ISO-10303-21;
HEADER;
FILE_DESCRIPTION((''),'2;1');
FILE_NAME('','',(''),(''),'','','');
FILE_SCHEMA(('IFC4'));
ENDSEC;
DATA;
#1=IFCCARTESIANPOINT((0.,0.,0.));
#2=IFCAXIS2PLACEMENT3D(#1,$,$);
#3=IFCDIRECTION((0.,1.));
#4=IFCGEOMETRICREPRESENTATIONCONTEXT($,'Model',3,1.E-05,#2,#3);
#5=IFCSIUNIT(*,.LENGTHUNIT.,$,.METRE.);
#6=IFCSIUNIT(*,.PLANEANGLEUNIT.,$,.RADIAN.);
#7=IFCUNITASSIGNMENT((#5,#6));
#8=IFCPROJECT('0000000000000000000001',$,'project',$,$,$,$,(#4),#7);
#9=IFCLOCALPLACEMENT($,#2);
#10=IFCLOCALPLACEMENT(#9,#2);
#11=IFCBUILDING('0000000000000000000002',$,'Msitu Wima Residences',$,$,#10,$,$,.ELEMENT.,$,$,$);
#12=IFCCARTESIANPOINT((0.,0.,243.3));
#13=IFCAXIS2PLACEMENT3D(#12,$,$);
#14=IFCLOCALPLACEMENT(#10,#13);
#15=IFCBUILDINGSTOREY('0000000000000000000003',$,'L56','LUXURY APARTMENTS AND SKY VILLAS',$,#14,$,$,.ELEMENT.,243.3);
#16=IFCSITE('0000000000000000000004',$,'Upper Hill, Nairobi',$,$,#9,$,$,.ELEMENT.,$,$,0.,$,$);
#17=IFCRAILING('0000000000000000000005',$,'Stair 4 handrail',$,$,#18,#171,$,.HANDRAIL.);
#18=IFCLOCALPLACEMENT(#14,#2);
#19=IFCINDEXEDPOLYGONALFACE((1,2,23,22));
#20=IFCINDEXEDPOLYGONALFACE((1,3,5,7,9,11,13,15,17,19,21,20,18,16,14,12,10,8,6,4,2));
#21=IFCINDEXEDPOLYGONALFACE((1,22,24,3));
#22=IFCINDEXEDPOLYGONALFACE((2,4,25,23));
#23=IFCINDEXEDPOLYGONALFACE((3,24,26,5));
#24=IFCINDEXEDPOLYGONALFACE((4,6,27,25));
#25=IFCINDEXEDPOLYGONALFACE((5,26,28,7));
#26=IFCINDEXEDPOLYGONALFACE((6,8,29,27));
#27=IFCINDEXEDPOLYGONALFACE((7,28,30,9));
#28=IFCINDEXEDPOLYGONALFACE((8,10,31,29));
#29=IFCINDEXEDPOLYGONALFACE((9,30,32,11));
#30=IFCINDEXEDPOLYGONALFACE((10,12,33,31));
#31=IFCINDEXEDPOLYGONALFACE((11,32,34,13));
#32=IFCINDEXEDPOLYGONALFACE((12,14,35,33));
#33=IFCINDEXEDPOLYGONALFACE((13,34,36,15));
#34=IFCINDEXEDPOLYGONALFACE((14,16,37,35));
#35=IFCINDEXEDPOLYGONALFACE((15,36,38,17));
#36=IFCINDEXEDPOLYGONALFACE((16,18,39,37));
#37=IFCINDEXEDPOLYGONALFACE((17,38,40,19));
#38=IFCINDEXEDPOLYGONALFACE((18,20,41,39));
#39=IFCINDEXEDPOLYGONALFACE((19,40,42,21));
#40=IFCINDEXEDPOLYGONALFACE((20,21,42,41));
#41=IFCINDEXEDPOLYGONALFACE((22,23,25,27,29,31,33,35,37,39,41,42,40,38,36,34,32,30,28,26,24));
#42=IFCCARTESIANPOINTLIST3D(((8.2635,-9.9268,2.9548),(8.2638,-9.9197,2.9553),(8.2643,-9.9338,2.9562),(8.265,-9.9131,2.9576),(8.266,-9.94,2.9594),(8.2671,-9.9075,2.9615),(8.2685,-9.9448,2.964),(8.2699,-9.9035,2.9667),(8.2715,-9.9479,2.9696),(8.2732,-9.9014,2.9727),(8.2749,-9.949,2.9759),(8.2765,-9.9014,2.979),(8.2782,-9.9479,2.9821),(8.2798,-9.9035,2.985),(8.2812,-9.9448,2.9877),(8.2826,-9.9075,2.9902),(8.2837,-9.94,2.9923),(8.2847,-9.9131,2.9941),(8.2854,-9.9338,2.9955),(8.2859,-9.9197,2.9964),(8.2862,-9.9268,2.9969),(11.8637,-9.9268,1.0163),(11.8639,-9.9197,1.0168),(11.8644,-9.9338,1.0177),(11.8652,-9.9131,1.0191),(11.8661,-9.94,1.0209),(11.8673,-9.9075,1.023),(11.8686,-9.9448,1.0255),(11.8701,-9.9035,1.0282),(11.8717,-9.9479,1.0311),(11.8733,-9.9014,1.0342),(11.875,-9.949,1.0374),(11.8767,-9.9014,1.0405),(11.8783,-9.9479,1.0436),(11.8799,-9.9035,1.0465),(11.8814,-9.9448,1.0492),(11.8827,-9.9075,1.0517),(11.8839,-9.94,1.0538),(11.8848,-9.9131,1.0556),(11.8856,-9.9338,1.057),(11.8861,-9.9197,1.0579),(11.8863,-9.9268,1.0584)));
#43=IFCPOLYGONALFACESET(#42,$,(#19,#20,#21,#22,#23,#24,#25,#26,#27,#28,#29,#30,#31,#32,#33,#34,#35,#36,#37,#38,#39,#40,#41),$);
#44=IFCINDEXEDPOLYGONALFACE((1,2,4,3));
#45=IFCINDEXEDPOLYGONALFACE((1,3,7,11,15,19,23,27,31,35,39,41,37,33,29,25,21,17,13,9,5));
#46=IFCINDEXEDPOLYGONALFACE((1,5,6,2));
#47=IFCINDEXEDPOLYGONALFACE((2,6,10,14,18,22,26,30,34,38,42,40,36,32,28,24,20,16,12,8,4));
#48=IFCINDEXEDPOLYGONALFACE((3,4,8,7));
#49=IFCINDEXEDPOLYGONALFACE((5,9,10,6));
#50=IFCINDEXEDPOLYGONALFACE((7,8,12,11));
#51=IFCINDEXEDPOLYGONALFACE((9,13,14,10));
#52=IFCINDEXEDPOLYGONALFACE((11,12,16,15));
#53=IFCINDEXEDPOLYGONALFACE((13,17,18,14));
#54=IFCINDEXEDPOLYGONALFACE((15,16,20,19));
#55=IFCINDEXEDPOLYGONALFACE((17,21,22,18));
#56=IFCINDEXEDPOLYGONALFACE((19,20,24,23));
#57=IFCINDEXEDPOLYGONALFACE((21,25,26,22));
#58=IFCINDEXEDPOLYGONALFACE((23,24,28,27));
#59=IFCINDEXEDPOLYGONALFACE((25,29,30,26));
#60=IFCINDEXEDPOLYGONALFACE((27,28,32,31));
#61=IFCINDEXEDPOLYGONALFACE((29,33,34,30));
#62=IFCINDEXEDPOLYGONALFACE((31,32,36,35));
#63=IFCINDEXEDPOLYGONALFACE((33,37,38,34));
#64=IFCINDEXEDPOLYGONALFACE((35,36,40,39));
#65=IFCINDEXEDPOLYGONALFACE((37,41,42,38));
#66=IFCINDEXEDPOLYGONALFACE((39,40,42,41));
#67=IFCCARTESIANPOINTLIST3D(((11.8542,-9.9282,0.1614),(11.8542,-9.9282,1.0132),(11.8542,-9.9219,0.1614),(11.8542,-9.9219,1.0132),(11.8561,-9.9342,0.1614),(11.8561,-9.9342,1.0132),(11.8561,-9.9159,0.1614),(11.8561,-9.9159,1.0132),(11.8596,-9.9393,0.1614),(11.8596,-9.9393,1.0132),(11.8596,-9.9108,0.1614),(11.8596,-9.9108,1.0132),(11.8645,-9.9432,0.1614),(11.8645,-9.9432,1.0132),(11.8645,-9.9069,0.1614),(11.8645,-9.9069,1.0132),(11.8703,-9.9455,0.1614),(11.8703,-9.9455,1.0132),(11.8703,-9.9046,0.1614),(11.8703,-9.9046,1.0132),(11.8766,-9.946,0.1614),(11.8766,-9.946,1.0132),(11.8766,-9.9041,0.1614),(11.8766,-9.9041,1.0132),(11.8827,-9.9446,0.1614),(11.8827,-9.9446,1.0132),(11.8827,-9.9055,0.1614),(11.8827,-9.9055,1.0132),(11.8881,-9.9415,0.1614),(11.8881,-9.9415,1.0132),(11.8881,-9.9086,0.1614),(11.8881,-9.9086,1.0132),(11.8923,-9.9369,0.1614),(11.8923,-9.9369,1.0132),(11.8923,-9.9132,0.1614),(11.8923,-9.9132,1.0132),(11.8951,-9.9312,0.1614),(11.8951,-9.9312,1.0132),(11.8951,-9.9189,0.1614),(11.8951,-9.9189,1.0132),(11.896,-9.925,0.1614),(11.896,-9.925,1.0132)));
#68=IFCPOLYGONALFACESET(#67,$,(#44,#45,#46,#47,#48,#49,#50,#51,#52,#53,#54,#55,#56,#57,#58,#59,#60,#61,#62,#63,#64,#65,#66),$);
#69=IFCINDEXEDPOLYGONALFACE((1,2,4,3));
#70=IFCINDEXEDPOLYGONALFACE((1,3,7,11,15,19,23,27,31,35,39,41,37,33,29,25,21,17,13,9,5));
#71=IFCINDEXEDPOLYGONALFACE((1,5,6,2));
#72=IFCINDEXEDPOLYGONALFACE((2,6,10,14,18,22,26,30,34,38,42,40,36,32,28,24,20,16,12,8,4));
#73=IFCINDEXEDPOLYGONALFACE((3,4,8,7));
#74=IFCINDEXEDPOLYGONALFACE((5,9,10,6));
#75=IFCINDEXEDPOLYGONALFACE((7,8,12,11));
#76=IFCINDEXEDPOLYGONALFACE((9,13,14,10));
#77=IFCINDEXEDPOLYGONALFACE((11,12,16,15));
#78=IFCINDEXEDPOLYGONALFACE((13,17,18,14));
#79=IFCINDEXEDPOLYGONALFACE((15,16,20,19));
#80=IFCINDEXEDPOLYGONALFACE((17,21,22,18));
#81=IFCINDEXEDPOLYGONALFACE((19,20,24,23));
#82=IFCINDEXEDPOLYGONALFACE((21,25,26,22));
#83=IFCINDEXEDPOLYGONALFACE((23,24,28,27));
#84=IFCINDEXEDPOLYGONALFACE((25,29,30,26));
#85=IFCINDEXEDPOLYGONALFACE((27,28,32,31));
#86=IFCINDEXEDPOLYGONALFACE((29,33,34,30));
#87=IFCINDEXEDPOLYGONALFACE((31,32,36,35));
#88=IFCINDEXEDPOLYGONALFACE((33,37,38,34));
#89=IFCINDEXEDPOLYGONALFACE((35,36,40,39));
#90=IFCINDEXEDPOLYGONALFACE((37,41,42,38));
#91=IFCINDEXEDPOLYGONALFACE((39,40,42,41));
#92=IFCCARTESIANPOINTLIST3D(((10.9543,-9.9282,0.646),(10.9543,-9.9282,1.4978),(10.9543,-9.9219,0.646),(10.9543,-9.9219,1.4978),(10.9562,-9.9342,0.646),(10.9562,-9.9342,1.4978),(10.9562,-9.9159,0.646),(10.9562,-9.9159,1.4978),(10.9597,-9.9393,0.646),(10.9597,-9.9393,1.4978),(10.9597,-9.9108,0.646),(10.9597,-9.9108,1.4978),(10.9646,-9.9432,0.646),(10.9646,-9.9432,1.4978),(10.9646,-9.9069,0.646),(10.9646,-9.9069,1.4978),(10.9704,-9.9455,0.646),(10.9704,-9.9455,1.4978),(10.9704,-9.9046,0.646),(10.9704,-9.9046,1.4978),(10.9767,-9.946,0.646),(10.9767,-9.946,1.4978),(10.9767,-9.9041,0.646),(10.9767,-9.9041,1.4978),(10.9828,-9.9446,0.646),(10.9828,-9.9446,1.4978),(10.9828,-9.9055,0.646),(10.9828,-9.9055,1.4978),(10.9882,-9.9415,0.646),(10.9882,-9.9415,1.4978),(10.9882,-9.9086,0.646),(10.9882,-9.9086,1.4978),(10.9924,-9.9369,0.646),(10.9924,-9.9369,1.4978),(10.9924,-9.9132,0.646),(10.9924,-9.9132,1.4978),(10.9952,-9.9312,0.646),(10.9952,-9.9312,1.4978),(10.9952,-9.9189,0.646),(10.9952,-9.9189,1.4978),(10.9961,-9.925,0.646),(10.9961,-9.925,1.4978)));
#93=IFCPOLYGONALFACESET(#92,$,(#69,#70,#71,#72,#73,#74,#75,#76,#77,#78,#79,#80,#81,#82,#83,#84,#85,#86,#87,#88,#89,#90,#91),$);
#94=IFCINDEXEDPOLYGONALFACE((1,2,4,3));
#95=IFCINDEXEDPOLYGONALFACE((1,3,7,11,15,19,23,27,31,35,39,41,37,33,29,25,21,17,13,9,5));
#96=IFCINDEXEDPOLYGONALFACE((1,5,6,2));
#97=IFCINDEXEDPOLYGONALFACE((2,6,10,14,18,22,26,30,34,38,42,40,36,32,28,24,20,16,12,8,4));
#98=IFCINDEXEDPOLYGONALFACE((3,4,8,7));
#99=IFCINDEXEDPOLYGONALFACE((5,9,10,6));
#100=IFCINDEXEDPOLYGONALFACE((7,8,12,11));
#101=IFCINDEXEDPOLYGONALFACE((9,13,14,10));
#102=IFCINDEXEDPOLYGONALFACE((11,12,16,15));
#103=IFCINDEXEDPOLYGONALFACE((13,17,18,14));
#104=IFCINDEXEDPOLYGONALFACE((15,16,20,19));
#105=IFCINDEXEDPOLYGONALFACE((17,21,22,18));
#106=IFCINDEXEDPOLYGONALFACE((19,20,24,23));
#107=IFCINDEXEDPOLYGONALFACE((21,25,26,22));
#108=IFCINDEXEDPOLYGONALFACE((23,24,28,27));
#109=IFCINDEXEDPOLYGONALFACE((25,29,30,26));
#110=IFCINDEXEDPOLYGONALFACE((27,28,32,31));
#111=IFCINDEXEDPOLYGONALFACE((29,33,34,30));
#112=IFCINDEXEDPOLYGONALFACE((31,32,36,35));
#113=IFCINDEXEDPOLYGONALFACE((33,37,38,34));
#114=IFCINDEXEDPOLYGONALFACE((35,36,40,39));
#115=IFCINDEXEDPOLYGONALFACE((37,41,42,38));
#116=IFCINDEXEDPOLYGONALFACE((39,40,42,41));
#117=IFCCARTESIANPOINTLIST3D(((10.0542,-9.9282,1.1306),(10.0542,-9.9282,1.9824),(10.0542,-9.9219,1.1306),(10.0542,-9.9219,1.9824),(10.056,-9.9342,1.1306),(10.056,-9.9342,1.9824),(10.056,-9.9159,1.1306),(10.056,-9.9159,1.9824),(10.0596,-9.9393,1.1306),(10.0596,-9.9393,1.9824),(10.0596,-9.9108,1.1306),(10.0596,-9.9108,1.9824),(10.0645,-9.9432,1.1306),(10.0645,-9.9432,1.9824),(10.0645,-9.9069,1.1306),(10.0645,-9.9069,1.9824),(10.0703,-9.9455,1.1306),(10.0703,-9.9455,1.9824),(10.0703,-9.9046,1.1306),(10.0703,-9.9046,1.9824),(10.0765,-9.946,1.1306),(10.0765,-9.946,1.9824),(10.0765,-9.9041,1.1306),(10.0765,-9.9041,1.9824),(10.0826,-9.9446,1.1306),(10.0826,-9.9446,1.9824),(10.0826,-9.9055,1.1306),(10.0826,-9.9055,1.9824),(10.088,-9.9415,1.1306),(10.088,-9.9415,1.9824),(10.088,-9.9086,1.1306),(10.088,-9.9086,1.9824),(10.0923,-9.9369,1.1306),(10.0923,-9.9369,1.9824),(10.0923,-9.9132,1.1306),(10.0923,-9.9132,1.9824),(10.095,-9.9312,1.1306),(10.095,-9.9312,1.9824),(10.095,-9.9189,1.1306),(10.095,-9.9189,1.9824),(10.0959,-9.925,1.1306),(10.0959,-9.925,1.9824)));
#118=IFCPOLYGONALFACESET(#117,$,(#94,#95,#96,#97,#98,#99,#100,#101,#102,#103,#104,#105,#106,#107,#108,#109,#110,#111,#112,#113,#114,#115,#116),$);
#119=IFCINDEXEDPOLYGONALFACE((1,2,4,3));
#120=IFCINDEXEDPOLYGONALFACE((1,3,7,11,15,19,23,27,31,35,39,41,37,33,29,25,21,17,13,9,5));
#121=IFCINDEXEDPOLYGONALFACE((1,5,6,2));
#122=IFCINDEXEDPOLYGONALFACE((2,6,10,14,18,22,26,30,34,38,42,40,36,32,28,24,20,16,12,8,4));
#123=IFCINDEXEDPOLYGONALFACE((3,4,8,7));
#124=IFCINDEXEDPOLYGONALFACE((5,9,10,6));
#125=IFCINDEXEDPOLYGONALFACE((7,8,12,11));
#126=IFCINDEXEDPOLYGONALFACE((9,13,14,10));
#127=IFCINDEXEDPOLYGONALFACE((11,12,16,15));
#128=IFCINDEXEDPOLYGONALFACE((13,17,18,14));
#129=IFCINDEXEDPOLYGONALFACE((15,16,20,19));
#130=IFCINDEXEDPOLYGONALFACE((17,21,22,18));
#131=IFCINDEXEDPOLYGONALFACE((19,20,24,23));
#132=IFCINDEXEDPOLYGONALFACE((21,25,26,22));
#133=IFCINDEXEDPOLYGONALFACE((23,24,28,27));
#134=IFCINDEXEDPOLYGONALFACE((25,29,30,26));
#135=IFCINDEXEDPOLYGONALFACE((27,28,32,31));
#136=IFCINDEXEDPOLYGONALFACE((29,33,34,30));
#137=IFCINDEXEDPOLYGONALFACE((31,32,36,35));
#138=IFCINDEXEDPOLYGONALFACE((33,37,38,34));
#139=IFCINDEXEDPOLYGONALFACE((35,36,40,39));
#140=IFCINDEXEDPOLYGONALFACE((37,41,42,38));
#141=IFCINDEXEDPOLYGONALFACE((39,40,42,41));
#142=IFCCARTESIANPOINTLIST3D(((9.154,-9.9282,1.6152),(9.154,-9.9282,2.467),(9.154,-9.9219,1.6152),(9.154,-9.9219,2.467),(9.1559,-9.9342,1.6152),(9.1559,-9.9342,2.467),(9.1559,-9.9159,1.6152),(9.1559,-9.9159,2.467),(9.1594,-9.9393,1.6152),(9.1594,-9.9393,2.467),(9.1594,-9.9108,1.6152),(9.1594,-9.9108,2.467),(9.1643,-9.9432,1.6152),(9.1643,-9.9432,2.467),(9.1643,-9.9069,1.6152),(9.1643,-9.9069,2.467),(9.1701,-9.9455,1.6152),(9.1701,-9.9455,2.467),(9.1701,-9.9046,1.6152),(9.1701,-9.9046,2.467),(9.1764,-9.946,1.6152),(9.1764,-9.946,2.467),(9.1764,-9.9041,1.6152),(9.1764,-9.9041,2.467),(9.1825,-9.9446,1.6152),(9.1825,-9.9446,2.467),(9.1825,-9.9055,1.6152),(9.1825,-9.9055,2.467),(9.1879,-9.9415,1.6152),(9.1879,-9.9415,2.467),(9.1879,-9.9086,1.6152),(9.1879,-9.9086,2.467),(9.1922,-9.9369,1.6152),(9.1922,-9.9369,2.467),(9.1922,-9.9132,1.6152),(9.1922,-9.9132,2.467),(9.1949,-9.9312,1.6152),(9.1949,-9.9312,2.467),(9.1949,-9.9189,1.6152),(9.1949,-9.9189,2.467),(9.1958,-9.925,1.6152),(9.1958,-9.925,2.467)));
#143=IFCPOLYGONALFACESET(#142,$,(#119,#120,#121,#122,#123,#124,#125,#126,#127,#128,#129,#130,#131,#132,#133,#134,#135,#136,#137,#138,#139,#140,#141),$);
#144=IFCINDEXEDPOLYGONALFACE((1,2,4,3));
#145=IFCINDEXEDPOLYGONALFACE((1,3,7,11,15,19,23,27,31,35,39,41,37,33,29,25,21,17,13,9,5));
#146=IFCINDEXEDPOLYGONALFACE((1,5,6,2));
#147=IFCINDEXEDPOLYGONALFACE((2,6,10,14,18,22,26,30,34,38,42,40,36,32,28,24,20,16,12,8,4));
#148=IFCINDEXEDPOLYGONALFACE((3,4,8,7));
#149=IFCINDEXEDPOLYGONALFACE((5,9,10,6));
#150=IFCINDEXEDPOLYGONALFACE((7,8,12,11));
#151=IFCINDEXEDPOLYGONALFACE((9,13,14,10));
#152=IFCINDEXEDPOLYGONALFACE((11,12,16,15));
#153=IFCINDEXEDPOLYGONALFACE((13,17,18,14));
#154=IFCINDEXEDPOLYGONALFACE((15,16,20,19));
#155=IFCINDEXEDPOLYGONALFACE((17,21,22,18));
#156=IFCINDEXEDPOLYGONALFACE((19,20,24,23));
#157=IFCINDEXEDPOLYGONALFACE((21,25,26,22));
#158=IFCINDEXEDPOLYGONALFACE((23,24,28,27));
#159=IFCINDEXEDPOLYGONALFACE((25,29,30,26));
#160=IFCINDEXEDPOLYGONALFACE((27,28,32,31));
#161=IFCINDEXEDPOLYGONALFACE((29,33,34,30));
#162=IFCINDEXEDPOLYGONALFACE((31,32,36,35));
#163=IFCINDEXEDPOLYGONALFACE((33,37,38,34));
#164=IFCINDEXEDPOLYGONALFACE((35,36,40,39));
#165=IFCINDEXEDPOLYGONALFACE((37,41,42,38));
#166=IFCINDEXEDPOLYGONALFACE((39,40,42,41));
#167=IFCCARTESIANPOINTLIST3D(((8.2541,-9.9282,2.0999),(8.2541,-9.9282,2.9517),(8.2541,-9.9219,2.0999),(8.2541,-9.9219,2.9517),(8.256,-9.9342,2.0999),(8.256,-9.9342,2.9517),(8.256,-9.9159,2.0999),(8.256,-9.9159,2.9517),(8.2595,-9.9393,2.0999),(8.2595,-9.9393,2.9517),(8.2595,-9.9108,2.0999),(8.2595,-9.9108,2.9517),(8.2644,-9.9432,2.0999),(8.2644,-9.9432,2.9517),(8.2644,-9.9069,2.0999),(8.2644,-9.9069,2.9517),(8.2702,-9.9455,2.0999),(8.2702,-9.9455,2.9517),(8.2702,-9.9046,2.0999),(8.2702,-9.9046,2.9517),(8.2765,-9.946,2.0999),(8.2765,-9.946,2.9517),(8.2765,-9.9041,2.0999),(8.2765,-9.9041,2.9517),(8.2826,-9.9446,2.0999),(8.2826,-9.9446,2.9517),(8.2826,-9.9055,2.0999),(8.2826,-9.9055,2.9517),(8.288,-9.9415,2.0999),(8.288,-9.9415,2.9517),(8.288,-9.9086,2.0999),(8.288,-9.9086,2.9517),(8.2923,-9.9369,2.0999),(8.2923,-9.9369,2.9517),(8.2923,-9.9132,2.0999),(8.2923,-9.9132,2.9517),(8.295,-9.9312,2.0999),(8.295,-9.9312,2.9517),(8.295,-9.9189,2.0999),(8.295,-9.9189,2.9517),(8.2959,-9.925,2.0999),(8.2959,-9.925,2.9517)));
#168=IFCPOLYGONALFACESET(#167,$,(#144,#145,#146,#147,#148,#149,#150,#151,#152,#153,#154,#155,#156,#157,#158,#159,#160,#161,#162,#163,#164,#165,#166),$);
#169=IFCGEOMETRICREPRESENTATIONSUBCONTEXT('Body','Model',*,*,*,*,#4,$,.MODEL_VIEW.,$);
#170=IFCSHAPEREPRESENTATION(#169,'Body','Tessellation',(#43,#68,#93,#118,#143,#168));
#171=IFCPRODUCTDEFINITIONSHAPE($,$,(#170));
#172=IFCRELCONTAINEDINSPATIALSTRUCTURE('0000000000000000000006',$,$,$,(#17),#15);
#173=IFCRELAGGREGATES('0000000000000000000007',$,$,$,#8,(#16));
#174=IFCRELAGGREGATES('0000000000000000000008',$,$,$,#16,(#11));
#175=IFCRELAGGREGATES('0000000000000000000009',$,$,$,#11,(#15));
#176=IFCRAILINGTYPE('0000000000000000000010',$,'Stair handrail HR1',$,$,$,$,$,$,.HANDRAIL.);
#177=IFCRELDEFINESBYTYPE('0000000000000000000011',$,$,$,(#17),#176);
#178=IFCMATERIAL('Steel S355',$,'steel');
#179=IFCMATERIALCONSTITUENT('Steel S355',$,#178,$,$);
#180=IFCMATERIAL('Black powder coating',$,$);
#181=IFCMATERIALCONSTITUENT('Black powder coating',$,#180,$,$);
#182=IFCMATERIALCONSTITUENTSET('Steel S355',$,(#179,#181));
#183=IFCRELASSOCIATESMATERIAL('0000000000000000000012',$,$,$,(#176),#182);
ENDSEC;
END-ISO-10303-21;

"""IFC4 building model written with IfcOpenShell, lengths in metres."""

from ifc_helpers import new_model, si_unit, direction, frame, origin, origin_2d, place, context, subcontext, project, spatial, circle, extrude, material, constituent, constituent_set, type_object, element, save


model = new_model("IFC4")

# Units and contexts
model_context = context("Model", 3, precision=1e-05, world=origin(), true_north=direction((0.0, 1.0)))
body_context = subcontext(model_context, "Body", "Model", "MODEL_VIEW")
ifc_project = project(units=[si_unit("LENGTHUNIT", "METRE"), si_unit("PLANEANGLEUNIT", "RADIAN")], contexts=[model_context])

# Site, building, storey
site_placement = place(None, origin())
site = spatial("IfcSite", under=ifc_project, at=site_placement, Name="Upper Hill, Nairobi", CompositionType="ELEMENT", RefElevation=0.0)
building_placement = place(site_placement, origin())
building = spatial("IfcBuilding", under=site, at=building_placement, Name="Msitu Wima Residences", CompositionType="ELEMENT")
storey_placement = place(building_placement, frame((0.0, 0.0, 243.3)))
storey = spatial("IfcBuildingStorey", under=building, at=storey_placement, Name="L56", Description="LUXURY APARTMENTS AND SKY VILLAS", CompositionType="ELEMENT", Elevation=243.3)

# Railing
ifc_material_1 = material(Name="Steel S355", Category="steel")
ifc_constituent_1 = constituent(ifc_material_1, Name="Steel S355")
ifc_material_2 = material(Name="Black powder coating")
ifc_constituent_2 = constituent(ifc_material_2, Name="Black powder coating")
ifc_constituent_set = constituent_set(constituents=[ifc_constituent_1, ifc_constituent_2], Name="Steel S355")
railing_type = type_object("IfcRailingType", Name="Stair handrail HR1", PredefinedType="HANDRAIL", material=ifc_constituent_set)
for number, where, name in (
    (1, (11.875, -9.925, 0.1614), "Stair 4 handrail"),
):
    element("IfcRailing", number, at=place(storey_placement, frame(where)), inside=storey, type_object=railing_type, Name=name, PredefinedType="HANDRAIL", context=body_context, shape_type="SweptSolid", body=[
        extrude(circle(Radius=0.0239, at=origin_2d()), frame((0.0, 0.0, 0.876), z_axis=(-0.880475, 0.0, 0.474093), x_axis=(0.0, -1.0, 0.0)), (0.0, 0.0, 1.0), 4.0889),
        extrude(circle(Radius=0.021, at=origin_2d()), origin(), (0.0, 0.0, 1.0), 0.8518),
        extrude(circle(Radius=0.021, at=origin_2d()), frame((-0.8999, 0.0, 0.4846)), (0.0, 0.0, 1.0), 0.8518),
        extrude(circle(Radius=0.021, at=origin_2d()), frame((-1.8, 0.0, 0.9692)), (0.0, 0.0, 1.0), 0.8518),
        extrude(circle(Radius=0.021, at=origin_2d()), frame((-2.7002, 0.0, 1.4539)), (0.0, 0.0, 1.0), 0.8518),
        extrude(circle(Radius=0.021, at=origin_2d()), frame((-3.6001, 0.0, 1.9385)), (0.0, 0.0, 1.0), 0.8518),
    ])

save(model, "model.ifc")
